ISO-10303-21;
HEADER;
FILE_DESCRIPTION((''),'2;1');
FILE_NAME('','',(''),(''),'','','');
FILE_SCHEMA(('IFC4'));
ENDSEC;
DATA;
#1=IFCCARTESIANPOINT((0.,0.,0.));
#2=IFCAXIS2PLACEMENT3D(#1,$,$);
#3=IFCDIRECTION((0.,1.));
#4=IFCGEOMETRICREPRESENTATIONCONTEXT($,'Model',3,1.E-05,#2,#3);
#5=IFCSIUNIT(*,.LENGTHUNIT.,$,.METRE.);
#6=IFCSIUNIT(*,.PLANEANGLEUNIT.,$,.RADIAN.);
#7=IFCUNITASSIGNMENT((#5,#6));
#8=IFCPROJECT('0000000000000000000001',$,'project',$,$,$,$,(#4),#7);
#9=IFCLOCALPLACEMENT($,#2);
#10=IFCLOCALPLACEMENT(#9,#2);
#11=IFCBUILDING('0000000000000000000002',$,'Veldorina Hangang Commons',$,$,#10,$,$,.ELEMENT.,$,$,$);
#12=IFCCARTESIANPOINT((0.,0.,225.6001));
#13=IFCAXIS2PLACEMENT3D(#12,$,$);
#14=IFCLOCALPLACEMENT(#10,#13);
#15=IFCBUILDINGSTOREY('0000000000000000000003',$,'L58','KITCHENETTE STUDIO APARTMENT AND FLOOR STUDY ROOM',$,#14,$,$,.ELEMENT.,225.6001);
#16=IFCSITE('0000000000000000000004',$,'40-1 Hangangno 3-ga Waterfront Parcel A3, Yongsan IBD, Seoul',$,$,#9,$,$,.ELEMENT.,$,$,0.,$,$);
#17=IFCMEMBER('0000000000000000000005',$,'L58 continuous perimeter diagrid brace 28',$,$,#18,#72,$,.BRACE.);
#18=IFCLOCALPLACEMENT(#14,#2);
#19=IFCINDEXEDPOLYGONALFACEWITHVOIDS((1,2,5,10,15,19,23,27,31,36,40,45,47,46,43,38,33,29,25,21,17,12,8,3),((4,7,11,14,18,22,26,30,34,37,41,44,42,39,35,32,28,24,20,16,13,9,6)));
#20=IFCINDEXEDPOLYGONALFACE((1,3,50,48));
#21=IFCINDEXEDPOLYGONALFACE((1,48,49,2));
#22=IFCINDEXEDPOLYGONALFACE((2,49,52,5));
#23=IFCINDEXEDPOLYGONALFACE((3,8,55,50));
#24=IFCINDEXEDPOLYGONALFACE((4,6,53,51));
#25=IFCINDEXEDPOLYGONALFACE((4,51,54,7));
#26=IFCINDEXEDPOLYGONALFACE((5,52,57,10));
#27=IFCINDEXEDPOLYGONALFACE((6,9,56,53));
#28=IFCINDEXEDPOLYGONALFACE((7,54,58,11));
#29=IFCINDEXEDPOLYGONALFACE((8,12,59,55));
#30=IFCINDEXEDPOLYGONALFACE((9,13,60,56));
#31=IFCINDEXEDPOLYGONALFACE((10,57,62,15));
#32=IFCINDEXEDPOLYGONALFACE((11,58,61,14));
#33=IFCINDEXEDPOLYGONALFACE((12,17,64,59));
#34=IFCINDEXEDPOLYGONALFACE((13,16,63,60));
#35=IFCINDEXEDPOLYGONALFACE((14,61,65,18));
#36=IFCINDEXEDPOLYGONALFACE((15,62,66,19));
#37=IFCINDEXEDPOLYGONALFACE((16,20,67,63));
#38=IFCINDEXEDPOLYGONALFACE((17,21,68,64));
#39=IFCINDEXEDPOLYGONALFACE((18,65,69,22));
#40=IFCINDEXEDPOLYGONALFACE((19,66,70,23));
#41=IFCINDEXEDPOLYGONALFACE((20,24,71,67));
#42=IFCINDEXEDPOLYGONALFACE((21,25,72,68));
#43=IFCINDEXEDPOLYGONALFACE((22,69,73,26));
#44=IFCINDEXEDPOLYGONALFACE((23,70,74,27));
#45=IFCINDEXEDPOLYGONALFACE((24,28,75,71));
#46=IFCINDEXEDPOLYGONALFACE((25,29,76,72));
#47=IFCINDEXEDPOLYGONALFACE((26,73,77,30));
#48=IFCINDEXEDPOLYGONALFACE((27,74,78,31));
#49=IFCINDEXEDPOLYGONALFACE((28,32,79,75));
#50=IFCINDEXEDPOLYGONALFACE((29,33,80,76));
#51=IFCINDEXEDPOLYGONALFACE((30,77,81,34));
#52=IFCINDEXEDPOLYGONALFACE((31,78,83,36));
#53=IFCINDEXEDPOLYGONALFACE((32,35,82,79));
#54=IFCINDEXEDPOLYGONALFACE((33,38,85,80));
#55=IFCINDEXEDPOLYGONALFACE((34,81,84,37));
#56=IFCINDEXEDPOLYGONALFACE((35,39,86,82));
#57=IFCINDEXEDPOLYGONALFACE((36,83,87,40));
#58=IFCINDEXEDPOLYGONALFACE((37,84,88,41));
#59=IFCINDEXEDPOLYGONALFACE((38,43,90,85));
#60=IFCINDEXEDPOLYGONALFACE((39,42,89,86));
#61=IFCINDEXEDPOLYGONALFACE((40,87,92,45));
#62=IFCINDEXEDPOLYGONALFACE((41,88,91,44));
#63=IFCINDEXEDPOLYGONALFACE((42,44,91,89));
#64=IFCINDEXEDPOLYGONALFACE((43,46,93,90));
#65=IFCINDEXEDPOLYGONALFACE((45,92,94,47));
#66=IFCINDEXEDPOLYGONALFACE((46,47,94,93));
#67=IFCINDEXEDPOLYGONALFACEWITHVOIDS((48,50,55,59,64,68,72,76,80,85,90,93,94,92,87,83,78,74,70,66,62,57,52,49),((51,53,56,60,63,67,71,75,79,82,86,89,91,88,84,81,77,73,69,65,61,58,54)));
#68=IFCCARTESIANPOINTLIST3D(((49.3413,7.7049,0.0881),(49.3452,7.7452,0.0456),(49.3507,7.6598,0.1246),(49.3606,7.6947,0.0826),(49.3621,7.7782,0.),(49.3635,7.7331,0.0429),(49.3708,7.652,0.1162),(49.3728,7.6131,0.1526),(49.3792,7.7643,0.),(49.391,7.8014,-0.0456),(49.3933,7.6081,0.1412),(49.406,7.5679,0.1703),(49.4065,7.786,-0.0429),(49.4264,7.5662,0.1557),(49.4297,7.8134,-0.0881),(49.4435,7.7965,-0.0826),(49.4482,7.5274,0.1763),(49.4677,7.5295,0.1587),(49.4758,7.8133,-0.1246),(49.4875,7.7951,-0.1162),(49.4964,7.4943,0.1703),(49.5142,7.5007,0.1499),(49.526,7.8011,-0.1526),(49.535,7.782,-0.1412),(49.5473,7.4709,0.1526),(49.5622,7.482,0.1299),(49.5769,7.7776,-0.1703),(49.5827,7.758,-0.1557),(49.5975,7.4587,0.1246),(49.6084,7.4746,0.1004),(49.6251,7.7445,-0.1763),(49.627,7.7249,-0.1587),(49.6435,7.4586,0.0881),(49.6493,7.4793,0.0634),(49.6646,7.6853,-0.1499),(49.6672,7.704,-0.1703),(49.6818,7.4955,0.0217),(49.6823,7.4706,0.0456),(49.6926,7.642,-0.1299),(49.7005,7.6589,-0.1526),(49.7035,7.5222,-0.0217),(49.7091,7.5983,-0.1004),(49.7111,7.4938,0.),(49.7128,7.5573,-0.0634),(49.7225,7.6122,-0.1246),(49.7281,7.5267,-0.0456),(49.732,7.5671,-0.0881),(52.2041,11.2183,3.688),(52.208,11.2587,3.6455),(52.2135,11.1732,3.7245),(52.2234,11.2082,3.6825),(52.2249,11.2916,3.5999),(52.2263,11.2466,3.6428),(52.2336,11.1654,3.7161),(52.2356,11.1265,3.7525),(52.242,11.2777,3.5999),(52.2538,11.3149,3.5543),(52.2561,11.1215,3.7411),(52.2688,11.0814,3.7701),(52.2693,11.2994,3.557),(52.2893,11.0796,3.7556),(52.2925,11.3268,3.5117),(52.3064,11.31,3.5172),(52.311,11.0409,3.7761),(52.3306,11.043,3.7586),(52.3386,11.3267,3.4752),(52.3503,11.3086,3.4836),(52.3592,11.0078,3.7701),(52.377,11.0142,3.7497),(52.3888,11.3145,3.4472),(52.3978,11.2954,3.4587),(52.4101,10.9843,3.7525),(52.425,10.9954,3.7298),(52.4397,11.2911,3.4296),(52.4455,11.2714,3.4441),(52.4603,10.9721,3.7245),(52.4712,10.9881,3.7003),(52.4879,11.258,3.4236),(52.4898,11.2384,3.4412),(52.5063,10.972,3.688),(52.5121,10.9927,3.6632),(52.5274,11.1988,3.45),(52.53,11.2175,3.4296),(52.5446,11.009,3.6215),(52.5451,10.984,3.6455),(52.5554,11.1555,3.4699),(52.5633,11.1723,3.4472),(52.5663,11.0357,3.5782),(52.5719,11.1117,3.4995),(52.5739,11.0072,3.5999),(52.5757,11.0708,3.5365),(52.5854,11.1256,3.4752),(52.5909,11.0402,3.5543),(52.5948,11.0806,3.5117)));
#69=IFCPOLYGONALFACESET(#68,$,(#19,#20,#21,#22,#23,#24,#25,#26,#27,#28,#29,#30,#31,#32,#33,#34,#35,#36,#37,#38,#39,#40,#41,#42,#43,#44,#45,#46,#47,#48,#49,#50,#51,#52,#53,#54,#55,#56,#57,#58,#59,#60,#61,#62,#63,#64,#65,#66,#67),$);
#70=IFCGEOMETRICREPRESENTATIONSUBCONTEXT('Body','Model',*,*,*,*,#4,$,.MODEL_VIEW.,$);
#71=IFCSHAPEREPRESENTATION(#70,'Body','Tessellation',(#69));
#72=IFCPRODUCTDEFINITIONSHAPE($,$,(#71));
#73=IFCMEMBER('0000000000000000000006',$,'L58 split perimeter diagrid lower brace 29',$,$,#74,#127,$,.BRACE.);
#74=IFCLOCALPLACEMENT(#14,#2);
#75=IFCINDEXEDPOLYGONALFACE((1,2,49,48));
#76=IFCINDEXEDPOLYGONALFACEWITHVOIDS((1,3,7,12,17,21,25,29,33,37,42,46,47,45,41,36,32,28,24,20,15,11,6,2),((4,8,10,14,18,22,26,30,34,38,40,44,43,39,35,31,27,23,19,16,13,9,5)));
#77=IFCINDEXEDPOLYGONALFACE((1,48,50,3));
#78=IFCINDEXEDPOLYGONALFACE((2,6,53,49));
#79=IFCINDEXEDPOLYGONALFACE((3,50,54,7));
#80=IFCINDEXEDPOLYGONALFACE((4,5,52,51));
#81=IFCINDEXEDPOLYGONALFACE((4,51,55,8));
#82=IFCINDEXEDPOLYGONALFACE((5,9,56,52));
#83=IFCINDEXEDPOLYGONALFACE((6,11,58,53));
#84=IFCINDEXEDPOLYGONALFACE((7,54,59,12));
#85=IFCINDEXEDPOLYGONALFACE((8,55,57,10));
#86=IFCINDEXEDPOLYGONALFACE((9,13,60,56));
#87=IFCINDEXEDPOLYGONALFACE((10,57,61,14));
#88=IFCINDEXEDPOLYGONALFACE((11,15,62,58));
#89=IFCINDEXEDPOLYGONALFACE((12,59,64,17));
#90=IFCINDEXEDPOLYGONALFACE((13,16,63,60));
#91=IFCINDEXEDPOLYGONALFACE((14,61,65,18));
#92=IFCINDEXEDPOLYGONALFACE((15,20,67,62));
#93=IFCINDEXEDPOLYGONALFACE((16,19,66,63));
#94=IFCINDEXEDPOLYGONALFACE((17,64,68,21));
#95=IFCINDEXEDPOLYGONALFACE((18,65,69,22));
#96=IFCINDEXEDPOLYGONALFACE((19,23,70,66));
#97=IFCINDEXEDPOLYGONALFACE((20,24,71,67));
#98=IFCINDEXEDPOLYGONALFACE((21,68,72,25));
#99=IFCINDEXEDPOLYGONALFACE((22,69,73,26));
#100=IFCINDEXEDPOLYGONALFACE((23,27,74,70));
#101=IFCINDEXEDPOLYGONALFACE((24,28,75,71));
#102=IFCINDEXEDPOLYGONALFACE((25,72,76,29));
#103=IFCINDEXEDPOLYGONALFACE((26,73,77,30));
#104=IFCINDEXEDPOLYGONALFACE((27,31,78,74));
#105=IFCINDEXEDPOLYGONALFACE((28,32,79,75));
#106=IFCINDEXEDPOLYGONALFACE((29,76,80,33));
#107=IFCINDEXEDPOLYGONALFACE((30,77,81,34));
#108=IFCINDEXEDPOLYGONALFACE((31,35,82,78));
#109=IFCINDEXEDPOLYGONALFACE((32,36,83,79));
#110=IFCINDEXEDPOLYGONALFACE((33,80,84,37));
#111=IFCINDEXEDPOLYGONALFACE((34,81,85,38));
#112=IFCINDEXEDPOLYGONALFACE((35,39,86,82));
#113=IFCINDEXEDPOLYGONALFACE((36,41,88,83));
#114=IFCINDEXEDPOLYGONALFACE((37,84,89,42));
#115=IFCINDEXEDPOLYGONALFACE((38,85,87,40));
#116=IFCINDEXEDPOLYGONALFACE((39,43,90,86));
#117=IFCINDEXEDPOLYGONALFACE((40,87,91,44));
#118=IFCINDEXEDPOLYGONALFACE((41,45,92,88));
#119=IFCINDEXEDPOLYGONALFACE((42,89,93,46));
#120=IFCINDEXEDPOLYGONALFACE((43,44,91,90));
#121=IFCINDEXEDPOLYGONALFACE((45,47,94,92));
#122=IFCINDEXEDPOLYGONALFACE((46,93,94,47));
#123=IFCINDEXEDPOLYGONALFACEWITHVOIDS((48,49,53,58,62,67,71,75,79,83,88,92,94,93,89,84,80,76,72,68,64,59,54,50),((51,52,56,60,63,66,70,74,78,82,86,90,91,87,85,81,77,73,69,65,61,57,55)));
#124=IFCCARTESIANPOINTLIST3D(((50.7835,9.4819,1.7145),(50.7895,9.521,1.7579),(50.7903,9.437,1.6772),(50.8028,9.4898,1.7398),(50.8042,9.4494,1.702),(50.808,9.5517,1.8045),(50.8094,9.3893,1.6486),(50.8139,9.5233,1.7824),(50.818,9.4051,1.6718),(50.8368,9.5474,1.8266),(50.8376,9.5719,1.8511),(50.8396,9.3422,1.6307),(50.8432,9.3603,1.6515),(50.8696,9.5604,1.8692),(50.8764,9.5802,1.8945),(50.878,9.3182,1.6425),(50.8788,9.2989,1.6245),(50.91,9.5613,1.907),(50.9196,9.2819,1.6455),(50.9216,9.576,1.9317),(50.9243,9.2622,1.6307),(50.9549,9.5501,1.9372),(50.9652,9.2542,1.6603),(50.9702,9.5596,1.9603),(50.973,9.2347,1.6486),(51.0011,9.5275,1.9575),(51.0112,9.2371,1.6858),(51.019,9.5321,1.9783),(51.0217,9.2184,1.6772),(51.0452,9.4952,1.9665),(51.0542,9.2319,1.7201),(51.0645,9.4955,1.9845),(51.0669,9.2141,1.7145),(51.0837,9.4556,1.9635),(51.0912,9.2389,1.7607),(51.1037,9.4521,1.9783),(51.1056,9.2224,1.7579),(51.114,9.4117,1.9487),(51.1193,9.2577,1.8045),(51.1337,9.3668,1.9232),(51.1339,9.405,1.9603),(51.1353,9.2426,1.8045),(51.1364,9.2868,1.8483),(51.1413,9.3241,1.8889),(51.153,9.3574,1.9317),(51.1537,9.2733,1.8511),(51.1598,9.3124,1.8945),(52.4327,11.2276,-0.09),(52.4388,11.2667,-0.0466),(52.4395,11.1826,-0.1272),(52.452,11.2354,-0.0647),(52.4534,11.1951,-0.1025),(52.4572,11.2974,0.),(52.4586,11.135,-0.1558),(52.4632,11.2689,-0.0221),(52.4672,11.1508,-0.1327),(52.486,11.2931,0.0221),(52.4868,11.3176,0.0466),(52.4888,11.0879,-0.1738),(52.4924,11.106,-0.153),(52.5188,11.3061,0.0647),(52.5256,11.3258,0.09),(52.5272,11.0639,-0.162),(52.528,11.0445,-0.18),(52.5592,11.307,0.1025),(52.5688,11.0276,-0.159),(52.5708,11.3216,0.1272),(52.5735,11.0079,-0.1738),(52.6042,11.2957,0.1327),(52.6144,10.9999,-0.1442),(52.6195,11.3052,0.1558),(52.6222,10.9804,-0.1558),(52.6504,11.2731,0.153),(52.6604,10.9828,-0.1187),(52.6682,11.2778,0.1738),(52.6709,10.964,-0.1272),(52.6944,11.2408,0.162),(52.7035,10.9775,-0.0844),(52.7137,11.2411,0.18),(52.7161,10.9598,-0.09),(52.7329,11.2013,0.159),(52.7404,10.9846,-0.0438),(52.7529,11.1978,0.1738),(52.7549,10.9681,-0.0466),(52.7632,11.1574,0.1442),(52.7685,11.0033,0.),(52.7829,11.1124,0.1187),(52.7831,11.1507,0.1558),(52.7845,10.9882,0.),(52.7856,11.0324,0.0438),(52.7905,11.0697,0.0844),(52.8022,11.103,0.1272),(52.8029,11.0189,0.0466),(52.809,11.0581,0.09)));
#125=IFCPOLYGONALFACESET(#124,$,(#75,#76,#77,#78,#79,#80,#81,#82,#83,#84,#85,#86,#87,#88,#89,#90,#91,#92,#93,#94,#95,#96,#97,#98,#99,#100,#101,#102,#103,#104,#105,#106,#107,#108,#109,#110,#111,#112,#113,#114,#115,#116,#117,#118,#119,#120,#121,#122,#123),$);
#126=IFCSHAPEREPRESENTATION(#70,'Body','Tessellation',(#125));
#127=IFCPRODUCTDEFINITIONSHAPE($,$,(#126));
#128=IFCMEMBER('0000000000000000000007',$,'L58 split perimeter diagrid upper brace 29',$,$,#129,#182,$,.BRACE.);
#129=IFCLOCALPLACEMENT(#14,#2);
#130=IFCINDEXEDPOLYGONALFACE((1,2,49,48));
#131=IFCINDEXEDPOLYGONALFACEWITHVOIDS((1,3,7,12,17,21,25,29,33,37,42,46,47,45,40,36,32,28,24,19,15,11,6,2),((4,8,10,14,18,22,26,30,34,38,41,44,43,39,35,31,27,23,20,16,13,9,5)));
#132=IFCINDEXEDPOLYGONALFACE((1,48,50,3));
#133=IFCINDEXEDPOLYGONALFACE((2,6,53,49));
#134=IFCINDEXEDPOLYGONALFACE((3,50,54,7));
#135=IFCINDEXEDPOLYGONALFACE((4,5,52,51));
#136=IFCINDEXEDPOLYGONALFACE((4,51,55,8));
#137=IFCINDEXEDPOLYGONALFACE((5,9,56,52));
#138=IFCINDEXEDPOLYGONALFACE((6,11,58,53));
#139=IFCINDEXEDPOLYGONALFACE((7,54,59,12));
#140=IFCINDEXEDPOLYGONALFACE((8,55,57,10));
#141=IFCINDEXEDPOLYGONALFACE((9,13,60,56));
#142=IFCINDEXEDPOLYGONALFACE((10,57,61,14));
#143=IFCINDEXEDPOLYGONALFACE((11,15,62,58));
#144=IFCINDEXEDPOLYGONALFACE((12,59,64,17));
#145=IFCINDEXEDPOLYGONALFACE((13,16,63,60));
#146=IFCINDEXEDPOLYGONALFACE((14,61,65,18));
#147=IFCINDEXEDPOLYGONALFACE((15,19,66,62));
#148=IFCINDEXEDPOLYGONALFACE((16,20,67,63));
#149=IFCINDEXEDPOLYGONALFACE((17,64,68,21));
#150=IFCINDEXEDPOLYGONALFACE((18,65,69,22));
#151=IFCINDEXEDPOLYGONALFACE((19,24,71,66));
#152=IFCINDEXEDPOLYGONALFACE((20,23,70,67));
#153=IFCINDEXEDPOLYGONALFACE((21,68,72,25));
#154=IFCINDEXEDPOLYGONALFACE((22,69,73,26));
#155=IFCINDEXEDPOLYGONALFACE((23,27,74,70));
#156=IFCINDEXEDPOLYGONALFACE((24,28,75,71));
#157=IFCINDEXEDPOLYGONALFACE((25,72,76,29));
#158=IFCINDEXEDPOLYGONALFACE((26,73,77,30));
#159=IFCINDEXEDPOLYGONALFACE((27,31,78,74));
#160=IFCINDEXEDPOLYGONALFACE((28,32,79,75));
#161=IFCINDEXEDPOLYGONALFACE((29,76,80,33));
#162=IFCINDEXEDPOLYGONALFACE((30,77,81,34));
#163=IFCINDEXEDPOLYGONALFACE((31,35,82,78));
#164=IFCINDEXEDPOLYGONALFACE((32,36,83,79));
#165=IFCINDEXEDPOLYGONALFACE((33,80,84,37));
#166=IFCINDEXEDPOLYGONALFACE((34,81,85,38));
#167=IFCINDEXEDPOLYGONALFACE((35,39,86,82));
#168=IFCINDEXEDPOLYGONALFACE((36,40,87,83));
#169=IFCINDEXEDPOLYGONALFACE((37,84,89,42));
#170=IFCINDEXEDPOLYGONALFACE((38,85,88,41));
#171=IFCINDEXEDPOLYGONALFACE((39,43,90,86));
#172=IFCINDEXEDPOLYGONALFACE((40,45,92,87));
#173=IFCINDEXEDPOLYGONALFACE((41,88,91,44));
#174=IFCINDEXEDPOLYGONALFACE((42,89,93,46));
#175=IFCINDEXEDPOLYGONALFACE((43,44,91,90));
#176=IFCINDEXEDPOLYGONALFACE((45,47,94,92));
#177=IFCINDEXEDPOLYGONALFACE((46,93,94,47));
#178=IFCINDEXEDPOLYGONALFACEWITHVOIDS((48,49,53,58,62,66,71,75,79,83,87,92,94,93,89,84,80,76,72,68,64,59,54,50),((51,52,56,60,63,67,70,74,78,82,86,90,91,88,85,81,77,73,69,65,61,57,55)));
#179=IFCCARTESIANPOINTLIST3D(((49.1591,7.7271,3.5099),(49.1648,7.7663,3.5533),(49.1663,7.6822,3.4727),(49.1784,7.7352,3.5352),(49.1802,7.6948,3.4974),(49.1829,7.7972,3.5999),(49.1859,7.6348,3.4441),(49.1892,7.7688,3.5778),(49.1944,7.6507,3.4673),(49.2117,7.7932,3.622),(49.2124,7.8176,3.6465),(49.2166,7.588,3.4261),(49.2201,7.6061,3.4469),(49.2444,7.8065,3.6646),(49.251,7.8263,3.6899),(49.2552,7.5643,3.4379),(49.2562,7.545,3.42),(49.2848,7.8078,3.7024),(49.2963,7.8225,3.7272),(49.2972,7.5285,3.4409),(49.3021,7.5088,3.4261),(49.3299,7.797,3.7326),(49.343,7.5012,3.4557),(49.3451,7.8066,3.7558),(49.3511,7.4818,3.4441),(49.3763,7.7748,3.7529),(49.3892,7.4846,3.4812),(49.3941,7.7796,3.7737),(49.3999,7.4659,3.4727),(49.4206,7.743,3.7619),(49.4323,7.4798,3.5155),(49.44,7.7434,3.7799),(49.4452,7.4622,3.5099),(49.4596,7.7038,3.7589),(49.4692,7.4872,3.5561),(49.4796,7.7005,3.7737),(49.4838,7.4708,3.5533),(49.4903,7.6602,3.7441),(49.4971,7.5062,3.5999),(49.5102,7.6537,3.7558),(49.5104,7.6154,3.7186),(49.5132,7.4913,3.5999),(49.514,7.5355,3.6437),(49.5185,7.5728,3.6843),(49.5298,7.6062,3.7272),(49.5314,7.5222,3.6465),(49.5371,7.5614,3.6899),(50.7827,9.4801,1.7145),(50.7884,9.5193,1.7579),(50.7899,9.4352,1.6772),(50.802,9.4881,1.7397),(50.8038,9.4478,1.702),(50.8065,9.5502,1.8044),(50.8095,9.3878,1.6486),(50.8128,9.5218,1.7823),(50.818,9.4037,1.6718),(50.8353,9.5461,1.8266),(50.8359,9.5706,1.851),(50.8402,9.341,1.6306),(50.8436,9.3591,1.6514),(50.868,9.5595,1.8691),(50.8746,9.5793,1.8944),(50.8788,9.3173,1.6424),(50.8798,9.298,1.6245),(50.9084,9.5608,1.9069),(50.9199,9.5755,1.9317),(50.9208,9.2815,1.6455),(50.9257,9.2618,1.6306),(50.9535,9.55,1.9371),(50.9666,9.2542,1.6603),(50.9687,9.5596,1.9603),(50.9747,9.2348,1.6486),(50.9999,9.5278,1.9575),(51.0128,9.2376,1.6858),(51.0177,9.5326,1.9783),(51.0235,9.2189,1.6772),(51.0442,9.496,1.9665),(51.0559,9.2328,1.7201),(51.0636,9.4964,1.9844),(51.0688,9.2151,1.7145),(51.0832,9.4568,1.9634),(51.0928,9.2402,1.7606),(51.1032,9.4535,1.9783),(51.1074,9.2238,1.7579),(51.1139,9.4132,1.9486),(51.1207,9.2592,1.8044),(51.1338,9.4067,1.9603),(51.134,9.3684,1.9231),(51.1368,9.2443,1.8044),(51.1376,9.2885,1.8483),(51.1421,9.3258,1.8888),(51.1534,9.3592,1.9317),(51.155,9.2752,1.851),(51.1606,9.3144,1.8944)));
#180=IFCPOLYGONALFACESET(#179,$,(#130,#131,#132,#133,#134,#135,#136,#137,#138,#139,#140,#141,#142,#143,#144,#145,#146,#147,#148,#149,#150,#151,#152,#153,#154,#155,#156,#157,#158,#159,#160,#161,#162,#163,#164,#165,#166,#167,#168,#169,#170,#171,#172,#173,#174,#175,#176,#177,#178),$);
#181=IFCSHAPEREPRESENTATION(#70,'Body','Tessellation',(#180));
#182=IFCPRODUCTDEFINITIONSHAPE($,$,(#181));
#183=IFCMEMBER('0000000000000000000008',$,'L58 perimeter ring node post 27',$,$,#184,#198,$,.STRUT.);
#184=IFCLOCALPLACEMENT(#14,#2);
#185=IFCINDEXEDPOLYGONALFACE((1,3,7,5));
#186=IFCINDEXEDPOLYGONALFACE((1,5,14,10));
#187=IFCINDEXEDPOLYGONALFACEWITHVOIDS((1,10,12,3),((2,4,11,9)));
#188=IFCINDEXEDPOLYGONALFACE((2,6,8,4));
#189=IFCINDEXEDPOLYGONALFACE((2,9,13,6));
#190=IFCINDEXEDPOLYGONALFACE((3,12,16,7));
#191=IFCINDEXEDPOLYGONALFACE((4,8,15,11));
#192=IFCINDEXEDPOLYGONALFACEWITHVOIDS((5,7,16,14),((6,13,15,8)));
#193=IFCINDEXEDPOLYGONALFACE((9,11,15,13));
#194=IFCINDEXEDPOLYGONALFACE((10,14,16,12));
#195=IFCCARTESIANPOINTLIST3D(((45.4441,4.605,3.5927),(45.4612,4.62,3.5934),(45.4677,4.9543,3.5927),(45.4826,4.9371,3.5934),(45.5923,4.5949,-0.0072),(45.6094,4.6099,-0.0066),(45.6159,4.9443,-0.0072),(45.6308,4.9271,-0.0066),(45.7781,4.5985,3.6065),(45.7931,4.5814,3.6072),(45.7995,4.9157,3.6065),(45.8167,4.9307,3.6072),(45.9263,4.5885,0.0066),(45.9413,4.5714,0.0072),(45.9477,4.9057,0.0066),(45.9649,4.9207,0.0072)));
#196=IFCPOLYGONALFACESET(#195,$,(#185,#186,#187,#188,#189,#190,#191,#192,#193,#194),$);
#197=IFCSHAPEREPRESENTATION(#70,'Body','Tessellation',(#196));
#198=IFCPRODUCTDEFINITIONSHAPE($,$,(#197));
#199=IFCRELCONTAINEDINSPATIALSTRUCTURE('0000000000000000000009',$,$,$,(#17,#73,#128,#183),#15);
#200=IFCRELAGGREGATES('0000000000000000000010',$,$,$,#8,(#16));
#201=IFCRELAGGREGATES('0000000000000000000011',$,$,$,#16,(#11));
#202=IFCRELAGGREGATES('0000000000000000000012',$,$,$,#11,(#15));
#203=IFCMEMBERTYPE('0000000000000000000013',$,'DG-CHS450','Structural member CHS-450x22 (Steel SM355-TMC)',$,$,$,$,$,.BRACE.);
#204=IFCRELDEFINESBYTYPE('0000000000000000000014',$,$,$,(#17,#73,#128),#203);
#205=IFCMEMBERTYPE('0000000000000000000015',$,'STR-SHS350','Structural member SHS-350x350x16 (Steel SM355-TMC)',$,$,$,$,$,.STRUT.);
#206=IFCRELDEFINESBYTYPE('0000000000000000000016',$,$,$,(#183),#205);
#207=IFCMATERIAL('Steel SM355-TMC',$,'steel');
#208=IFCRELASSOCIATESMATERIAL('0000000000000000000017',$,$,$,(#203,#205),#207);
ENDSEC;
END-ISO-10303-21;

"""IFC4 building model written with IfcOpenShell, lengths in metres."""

from ifc_helpers import new_model, si_unit, direction, frame, origin, origin_2d, place, context, subcontext, project, spatial, hollow_rectangle, hollow_circle, extrude, material, material_profile, profile_set, type_object, element, save


model = new_model("IFC4")

# Units and contexts
model_context = context("Model", 3, precision=1e-05, world=origin(), true_north=direction((0.0, 1.0)))
body_context = subcontext(model_context, "Body", "Model", "MODEL_VIEW")
ifc_project = project(units=[si_unit("LENGTHUNIT", "METRE"), si_unit("PLANEANGLEUNIT", "RADIAN")], contexts=[model_context])

# Site, building, storey
site_placement = place(None, origin())
site = spatial("IfcSite", under=ifc_project, at=site_placement, Name="40-1 Hangangno 3-ga Waterfront Parcel A3, Yongsan IBD, Seoul", CompositionType="ELEMENT", RefElevation=0.0)
building_placement = place(site_placement, origin())
building = spatial("IfcBuilding", under=site, at=building_placement, Name="Veldorina Hangang Commons", CompositionType="ELEMENT")
storey_placement = place(building_placement, frame((0.0, 0.0, 225.6001)))
storey = spatial("IfcBuildingStorey", under=building, at=storey_placement, Name="L58", Description="KITCHENETTE STUDIO APARTMENT AND FLOOR STUDY ROOM", CompositionType="ELEMENT", Elevation=225.6001)

# Shared definitions
ifc_material_1 = material(Name="Steel SM355-TMC", Category="steel")

# Members
ifc_material_profile_1 = material_profile(ifc_material_1, hollow_circle(Radius=0.2251, WallThickness=0.022, at=origin_2d()), Name="CHS-450x22")
ifc_profile_set_1 = profile_set([ifc_material_profile_1], Name="Steel SM355-TMC")
member_type_1 = type_object("IfcMemberType", Name="DG-CHS450", Description="Structural member CHS-450x22 (Steel SM355-TMC)", PredefinedType="BRACE", material=ifc_profile_set_1)
member_1_placement = place(storey_placement, frame((49.5366, 7.636, 0.0), z_axis=(0.494625, 0.60704, 0.621972), x_axis=(-0.775235, 0.631673, 0.0)))
element("IfcMember", 1, at=member_1_placement, inside=storey, type_object=member_type_1, Name="L58 continuous perimeter diagrid brace 28", PredefinedType="BRACE", context=body_context, shape_type="SweptSolid", body=[
    extrude(hollow_circle(Radius=0.2251, WallThickness=0.022, at=origin_2d()), origin(), (0.0, 0.0, 1.0), 5.7878),
])
member_2_placement = place(storey_placement, frame((52.6208, 11.1428, 0.0), z_axis=(-0.549025, -0.581129, 0.600717), x_axis=(0.7269, -0.686743, 0.0)))
element("IfcMember", 2, at=member_2_placement, inside=storey, type_object=member_type_1, Name="L58 split perimeter diagrid lower brace 29", PredefinedType="BRACE", context=body_context, shape_type="SweptSolid", body=[
    extrude(hollow_circle(Radius=0.2251, WallThickness=0.022, at=origin_2d()), origin(), (0.0, 0.0, 1.0), 3.0039),
])
member_3_placement = place(storey_placement, frame((50.9717, 9.3972, 1.8044), z_axis=(-0.543231, -0.586526, 0.60074), x_axis=(0.733666, -0.67951, 0.0)))
element("IfcMember", 3, at=member_3_placement, inside=storey, type_object=member_type_1, Name="L58 split perimeter diagrid upper brace 29", PredefinedType="BRACE", context=body_context, shape_type="SweptSolid", body=[
    extrude(hollow_circle(Radius=0.2251, WallThickness=0.022, at=origin_2d()), origin(), (0.0, 0.0, 1.0), 2.9888),
])
ifc_material_profile_2 = material_profile(ifc_material_1, hollow_rectangle(XDim=0.3501, YDim=0.3501, WallThickness=0.0161, at=origin_2d()), Name="SHS-350x350x16")
ifc_profile_set_2 = profile_set([ifc_material_profile_2], Name="Steel SM355-TMC")
member_type_2 = type_object("IfcMemberType", Name="STR-SHS350", Description="Structural member SHS-350x350x16 (Steel SM355-TMC)", PredefinedType="STRUT", material=ifc_profile_set_2)
member_4_placement = place(storey_placement, frame((45.7786, 4.7578, 0.0), z_axis=(-0.041132, 0.002778, 0.99915), x_axis=(-0.067392, -0.997727, 0.0)))
element("IfcMember", 4, at=member_4_placement, inside=storey, type_object=member_type_2, Name="L58 perimeter ring node post 27", PredefinedType="STRUT", context=body_context, shape_type="SweptSolid", body=[
    extrude(hollow_rectangle(XDim=0.3501, YDim=0.3501, WallThickness=0.0161, at=origin_2d()), origin(), (0.0, 0.0, 1.0), 3.603),
])

save(model, "model.ifc")
